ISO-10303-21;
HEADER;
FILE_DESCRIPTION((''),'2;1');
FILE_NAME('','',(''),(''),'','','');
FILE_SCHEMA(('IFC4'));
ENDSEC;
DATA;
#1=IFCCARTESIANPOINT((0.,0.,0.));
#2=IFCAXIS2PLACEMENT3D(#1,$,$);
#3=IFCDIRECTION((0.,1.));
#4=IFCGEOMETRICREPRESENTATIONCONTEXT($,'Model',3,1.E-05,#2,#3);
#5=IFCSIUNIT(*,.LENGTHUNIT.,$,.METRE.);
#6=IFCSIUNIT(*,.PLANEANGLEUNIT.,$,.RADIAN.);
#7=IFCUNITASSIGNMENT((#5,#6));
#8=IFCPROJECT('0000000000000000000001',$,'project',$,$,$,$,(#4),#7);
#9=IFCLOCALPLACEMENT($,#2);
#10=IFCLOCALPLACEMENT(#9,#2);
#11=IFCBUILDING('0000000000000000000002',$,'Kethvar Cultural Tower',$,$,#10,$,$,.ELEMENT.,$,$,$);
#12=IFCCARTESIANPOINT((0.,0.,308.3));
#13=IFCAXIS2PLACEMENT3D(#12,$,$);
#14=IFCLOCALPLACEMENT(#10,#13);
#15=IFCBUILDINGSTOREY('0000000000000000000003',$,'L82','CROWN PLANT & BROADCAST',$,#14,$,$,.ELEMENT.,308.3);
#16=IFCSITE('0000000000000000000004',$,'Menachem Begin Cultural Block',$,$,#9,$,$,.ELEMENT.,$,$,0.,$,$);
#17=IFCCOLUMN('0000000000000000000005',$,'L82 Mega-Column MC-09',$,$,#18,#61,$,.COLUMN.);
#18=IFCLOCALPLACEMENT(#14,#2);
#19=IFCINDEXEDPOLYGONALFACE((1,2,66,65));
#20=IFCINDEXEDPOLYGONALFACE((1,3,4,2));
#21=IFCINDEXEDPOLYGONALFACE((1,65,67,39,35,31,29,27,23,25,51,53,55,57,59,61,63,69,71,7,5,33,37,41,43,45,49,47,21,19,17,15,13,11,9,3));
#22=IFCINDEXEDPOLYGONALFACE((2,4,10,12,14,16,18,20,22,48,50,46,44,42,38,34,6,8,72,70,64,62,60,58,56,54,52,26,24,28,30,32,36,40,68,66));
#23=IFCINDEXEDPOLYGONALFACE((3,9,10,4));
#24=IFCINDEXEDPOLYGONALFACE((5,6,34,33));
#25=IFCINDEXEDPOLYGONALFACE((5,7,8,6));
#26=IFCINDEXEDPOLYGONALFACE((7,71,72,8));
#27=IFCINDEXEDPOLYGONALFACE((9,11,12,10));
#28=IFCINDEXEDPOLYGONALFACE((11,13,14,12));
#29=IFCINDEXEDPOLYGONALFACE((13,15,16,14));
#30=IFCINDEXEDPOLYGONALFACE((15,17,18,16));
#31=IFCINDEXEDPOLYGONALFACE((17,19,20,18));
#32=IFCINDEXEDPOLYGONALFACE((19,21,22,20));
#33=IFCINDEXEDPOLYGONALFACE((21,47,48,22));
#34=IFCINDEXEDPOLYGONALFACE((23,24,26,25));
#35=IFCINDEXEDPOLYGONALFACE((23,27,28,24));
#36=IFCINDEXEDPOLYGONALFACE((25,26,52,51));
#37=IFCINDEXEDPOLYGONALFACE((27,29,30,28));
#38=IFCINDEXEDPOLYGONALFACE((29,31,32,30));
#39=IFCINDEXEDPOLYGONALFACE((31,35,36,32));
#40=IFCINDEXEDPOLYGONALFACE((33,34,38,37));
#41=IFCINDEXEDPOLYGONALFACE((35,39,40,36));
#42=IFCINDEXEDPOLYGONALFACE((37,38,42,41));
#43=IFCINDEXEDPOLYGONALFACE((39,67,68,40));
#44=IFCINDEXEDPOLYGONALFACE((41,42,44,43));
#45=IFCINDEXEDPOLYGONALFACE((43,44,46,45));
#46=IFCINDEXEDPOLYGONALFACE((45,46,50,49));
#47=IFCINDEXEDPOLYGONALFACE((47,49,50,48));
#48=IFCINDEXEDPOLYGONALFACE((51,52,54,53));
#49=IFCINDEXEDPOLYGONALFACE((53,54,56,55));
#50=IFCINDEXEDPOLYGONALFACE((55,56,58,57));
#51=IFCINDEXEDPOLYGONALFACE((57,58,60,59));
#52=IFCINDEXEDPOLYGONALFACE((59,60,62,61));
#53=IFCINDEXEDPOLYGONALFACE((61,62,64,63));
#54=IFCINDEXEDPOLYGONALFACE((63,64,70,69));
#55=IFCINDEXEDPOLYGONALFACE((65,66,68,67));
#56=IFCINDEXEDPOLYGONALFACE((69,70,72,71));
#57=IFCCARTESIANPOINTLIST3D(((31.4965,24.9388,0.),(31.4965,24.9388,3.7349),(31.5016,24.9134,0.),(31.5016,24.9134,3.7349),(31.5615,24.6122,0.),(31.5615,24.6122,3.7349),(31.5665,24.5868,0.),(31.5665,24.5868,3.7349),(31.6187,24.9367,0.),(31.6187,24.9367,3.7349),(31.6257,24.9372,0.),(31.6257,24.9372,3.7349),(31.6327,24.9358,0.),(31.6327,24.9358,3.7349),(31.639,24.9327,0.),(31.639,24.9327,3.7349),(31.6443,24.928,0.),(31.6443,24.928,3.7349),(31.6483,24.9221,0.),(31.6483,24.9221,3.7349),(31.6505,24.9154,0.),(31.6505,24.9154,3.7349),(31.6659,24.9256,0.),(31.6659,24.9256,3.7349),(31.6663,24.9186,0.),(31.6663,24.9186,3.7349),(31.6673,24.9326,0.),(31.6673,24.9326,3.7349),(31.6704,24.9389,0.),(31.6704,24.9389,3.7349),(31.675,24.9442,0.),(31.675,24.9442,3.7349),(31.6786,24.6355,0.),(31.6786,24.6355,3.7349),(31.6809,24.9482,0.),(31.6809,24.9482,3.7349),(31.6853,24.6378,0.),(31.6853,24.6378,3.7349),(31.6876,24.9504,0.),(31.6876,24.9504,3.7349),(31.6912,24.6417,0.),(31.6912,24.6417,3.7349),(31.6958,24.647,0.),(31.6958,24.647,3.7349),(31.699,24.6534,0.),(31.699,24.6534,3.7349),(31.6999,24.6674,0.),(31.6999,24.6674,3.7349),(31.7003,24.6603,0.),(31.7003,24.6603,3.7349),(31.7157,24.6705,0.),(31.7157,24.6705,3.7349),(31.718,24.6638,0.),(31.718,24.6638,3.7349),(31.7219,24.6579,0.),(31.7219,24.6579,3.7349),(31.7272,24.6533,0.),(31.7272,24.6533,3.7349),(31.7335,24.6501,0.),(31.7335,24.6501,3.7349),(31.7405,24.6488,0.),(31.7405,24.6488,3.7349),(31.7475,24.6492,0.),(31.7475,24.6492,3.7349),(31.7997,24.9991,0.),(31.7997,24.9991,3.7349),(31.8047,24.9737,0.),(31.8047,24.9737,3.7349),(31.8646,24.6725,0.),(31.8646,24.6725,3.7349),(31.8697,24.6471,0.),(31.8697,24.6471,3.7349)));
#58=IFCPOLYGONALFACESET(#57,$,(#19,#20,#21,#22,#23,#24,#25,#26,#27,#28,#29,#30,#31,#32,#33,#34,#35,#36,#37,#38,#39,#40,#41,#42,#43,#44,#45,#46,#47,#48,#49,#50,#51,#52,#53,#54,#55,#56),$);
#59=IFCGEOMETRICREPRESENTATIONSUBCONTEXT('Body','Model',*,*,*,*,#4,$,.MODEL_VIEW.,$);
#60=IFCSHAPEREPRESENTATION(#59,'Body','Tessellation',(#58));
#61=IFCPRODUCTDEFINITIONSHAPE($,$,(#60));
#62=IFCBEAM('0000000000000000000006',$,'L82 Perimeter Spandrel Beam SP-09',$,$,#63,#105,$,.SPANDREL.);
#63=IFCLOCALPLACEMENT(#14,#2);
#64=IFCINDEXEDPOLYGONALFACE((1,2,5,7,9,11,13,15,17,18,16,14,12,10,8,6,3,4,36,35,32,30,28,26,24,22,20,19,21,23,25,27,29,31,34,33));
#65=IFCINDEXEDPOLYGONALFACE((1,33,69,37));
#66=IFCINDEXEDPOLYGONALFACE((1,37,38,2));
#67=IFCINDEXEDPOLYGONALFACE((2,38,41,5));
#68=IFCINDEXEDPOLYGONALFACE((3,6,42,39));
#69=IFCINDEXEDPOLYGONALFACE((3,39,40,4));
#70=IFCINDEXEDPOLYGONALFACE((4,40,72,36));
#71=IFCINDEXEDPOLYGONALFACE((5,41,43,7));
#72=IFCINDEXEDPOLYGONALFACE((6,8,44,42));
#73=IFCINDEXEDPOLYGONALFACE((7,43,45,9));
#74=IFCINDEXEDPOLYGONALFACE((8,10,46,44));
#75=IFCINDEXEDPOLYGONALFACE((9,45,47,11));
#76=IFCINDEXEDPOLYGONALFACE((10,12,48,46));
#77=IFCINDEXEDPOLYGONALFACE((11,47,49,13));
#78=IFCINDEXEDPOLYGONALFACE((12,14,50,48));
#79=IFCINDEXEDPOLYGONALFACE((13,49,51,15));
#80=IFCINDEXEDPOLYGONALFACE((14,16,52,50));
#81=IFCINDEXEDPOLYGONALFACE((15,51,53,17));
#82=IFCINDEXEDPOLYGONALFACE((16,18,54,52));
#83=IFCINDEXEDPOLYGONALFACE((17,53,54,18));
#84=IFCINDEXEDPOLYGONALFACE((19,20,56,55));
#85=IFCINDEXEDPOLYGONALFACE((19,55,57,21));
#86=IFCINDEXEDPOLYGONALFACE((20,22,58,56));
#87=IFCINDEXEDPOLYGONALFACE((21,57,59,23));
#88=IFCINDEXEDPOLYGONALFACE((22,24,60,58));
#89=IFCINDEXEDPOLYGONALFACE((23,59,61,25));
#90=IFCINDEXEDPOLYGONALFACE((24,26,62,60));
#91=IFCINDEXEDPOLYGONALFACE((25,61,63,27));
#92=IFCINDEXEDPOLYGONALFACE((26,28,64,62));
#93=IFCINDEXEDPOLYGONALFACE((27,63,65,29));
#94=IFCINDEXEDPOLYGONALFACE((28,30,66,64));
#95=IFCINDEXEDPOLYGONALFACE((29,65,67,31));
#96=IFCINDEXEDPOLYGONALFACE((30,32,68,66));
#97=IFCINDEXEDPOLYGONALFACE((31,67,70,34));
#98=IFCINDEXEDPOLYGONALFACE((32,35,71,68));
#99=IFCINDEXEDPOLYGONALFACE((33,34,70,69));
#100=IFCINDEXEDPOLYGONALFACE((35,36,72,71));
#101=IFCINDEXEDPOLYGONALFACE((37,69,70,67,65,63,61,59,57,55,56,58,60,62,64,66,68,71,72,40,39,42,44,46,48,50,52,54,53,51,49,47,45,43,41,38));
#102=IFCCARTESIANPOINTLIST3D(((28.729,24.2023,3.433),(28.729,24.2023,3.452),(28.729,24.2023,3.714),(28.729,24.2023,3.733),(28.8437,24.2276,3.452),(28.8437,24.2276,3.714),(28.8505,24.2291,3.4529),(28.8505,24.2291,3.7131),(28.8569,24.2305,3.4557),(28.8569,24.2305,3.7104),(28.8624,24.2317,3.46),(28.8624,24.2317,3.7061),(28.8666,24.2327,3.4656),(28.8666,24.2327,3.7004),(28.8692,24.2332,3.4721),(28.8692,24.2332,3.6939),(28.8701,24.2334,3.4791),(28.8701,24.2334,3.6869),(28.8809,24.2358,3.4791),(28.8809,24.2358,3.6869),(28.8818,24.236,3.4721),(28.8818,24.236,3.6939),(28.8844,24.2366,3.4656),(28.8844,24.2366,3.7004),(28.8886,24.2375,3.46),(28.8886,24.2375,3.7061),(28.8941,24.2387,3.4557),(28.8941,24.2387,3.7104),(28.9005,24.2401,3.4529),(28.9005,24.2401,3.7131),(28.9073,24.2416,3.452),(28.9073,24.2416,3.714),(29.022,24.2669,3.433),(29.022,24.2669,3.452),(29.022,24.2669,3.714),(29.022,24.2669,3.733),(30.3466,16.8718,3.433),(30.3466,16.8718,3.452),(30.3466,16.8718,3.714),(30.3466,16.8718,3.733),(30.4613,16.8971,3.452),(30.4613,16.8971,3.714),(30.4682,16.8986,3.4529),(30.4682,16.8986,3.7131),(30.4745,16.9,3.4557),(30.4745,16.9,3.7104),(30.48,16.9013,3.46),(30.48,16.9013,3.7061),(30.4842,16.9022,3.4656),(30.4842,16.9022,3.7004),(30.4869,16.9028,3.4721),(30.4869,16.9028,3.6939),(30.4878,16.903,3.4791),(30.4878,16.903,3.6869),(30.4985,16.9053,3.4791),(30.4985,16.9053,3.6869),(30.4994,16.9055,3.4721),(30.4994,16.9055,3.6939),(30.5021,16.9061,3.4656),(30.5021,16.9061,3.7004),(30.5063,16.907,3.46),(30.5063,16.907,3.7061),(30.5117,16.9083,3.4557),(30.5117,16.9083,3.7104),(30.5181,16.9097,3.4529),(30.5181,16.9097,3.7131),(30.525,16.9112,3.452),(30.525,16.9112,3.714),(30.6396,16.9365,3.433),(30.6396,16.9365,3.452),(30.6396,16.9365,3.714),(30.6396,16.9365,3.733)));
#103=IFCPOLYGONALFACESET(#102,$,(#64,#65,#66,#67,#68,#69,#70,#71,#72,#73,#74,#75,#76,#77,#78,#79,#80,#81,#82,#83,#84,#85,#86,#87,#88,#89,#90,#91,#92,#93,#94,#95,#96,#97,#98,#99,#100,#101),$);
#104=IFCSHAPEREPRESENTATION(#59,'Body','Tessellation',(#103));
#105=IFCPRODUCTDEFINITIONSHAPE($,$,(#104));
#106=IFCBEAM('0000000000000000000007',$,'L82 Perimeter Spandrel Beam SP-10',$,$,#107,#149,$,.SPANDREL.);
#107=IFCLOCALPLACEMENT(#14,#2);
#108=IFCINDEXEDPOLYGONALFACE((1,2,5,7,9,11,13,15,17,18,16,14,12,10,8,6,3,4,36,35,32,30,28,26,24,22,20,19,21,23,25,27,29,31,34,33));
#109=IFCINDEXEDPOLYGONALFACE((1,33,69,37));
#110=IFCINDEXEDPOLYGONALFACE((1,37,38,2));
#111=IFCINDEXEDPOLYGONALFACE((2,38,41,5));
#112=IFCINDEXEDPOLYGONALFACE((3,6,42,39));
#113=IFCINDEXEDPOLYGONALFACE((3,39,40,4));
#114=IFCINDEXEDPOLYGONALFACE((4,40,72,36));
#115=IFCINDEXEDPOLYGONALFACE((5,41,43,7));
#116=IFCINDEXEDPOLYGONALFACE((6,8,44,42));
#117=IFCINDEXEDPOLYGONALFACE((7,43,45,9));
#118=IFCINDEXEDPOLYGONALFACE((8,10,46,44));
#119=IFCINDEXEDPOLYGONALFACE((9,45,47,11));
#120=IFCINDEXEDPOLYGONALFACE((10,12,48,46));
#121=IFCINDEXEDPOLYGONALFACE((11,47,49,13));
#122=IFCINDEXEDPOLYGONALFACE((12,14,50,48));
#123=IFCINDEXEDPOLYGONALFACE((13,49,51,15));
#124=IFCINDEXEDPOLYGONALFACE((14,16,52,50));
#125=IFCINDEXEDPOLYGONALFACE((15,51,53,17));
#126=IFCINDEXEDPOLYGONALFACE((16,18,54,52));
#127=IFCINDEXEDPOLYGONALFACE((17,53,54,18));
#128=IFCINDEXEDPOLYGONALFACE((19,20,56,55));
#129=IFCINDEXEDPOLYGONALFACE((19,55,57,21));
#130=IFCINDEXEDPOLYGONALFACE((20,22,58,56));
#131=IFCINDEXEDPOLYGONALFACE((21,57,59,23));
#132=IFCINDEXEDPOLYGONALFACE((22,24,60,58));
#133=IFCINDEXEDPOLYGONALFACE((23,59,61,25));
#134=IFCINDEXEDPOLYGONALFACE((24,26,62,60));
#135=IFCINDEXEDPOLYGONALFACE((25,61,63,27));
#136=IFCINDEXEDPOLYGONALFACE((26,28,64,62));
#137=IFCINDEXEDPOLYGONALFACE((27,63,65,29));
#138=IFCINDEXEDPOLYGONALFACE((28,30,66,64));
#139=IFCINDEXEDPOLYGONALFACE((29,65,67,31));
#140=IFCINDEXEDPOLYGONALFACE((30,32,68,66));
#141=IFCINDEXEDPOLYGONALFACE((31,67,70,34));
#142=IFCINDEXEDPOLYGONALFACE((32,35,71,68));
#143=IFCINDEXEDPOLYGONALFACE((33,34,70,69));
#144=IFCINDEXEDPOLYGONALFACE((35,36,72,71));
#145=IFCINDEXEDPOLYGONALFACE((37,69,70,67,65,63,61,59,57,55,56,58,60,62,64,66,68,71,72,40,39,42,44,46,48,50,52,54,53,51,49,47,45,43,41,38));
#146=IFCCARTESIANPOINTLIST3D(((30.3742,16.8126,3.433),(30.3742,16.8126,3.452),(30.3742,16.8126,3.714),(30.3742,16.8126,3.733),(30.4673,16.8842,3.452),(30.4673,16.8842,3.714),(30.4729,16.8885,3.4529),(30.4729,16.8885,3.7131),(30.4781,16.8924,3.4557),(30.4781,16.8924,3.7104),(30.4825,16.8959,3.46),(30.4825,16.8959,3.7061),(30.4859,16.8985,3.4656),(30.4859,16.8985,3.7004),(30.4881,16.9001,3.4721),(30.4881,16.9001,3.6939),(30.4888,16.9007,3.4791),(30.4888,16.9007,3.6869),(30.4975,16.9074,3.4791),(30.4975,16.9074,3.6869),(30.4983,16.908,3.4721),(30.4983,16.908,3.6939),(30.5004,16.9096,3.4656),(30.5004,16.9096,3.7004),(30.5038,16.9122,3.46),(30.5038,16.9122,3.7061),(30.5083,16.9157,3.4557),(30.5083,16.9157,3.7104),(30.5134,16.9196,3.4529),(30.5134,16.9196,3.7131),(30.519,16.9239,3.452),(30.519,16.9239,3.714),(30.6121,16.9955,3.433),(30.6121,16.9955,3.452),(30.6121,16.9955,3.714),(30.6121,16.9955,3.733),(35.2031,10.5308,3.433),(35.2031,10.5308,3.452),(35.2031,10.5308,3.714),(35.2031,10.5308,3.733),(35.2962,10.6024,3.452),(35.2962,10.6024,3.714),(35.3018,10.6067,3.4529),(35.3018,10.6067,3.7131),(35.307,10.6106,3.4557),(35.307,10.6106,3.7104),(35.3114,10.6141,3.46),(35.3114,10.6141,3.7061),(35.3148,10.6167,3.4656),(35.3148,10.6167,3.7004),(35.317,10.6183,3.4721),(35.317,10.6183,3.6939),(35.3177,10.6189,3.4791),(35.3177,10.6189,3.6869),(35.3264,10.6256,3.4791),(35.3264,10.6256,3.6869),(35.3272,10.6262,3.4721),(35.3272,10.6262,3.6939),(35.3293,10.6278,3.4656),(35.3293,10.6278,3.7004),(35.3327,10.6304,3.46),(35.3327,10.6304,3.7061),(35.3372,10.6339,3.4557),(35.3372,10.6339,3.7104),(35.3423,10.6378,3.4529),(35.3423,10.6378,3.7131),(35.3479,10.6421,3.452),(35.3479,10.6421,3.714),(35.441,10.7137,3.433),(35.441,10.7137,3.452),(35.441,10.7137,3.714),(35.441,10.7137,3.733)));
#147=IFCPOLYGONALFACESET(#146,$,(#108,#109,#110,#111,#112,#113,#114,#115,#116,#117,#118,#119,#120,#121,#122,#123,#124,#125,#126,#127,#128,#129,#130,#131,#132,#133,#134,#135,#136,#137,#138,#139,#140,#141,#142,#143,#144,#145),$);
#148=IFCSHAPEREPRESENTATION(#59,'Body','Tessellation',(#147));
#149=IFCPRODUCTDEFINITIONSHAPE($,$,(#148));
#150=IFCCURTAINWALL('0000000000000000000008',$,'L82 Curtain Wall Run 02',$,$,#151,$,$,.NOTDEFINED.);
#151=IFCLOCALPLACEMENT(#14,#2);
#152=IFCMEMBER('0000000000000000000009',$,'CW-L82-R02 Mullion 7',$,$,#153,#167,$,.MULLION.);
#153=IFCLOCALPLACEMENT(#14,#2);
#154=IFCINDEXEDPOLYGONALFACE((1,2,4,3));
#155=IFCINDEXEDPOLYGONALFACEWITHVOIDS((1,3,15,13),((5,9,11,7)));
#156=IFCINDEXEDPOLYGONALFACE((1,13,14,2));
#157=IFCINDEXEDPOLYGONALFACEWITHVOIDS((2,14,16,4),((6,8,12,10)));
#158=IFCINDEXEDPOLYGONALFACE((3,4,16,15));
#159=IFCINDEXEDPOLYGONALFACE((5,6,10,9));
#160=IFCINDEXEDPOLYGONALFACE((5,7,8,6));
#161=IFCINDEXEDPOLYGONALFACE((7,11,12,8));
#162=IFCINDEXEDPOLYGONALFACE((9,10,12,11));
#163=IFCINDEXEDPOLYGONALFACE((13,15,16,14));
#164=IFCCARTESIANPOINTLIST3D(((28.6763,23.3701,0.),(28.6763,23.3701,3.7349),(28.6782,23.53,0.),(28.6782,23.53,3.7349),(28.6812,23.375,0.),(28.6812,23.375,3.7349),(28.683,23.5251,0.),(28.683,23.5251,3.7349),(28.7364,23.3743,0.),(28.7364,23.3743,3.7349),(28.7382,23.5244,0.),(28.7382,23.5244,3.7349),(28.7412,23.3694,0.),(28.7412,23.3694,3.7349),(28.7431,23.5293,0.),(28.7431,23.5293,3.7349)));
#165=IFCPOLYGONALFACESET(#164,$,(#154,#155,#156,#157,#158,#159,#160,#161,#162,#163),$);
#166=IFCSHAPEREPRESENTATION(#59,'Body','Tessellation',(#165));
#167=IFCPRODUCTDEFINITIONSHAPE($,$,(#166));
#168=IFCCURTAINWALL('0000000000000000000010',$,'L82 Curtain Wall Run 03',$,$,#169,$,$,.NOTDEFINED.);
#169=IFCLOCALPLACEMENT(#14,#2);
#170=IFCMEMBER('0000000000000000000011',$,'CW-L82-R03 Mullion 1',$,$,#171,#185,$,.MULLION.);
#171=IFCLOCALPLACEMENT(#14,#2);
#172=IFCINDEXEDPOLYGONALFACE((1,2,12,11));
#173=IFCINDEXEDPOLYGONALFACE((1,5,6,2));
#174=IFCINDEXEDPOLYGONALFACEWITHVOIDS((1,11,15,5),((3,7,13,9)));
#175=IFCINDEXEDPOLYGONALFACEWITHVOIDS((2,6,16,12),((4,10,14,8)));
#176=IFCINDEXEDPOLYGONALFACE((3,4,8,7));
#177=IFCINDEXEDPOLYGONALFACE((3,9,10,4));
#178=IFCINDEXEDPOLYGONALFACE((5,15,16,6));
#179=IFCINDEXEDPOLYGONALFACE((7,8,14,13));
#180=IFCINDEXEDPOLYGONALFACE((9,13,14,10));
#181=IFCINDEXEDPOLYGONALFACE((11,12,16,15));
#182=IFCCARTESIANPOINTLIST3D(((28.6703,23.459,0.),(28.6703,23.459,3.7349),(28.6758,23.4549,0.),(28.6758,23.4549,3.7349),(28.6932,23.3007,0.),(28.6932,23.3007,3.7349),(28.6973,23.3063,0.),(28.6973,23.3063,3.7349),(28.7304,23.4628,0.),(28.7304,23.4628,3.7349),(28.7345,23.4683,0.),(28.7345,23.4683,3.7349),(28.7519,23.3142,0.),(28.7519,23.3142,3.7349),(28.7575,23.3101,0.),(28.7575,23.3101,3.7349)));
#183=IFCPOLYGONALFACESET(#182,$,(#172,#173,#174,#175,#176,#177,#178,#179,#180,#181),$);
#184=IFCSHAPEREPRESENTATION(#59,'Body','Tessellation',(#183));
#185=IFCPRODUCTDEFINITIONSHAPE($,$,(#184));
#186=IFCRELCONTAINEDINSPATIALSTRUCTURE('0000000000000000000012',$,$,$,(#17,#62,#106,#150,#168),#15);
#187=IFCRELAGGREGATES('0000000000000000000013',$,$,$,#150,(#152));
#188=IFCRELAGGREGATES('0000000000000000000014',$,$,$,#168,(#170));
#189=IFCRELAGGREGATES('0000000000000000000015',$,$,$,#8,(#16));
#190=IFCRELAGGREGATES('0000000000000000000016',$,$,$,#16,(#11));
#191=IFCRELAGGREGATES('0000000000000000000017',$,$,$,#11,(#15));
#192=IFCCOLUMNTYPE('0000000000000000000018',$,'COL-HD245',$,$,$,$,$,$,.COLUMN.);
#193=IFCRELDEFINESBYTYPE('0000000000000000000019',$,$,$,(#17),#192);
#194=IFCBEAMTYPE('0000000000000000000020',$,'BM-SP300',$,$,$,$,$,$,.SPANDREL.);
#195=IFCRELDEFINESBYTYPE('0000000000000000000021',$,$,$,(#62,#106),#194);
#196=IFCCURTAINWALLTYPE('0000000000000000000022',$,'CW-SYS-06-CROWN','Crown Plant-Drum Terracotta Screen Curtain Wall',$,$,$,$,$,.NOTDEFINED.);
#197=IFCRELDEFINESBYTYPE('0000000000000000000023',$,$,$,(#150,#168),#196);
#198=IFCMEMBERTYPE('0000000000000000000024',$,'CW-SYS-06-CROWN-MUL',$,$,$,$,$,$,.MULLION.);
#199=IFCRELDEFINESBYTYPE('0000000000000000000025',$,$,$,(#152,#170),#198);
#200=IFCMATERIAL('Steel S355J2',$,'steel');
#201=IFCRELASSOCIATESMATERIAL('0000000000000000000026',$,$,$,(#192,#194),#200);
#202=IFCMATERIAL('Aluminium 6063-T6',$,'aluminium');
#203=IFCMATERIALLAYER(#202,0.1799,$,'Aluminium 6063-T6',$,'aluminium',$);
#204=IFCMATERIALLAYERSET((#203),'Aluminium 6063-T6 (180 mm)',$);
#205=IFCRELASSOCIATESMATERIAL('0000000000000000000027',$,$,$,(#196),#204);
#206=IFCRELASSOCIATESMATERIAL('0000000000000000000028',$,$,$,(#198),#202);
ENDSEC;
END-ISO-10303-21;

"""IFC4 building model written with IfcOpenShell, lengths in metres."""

from ifc_helpers import new_model, si_unit, direction, frame, origin, origin_2d, place, context, subcontext, project, spatial, hollow_rectangle, i_section, extrude, source, transform, mapped, material, layer, layer_set, material_profile, profile_set, type_object, element, aggregate, save


model = new_model("IFC4")

# Units and contexts
model_context = context("Model", 3, precision=1e-05, world=origin(), true_north=direction((0.0, 1.0)))
body_context = subcontext(model_context, "Body", "Model", "MODEL_VIEW")
ifc_project = project(units=[si_unit("LENGTHUNIT", "METRE"), si_unit("PLANEANGLEUNIT", "RADIAN")], contexts=[model_context])

# Site, building, storey
site_placement = place(None, origin())
site = spatial("IfcSite", under=ifc_project, at=site_placement, Name="Menachem Begin Cultural Block", CompositionType="ELEMENT", RefElevation=0.0)
building_placement = place(site_placement, origin())
building = spatial("IfcBuilding", under=site, at=building_placement, Name="Kethvar Cultural Tower", CompositionType="ELEMENT")
storey_placement = place(building_placement, frame((0.0, 0.0, 308.3)))
storey = spatial("IfcBuildingStorey", under=building, at=storey_placement, Name="L82", Description="CROWN PLANT & BROADCAST", CompositionType="ELEMENT", Elevation=308.3)

# Column
ifc_material_1 = material(Name="Steel S355J2", Category="steel")
ifc_material_profile_1 = material_profile(ifc_material_1, i_section(OverallWidth=0.3091, OverallDepth=0.3589, WebThickness=0.0161, FlangeThickness=0.0259, FilletRadius=0.0271, at=origin_2d()), Name="Steel S355J2 — HD320x245")
ifc_profile_set_1 = profile_set([ifc_material_profile_1], Name="Steel S355J2 — HD320x245")
column_type = type_object("IfcColumnType", Name="COL-HD245", PredefinedType="COLUMN", material=ifc_profile_set_1)
shared_shape_1 = source(origin(), body_context, "Body", "SweptSolid", [
    extrude(i_section(OverallWidth=0.3091, OverallDepth=0.3589, WebThickness=0.0161, FlangeThickness=0.0259, FilletRadius=0.0271, at=origin_2d()), origin(), (0.0, 0.0, 1.0), 3.7349),
])
column_placement = place(storey_placement, frame((31.6831, 24.793, 0.0), z_axis=(0.0, 0.0, 1.0), x_axis=(-0.980785, -0.19509, 0.0)))
element("IfcColumn", 1, at=column_placement, inside=storey, type_object=column_type, Name="L82 Mega-Column MC-09", PredefinedType="COLUMN", context=body_context, shape_type="MappedRepresentation", body=[
    mapped(shared_shape_1, transform((0.0, 0.0, 0.0), scale=1.0)),
])

# Beams
ifc_material_profile_2 = material_profile(ifc_material_1, i_section(OverallWidth=0.3, OverallDepth=0.3, WebThickness=0.011, FlangeThickness=0.019, FilletRadius=0.0271, at=origin_2d()), Name="Steel S355J2 — HEB300")
ifc_profile_set_2 = profile_set([ifc_material_profile_2], Name="Steel S355J2 — HEB300")
beam_type = type_object("IfcBeamType", Name="BM-SP300", PredefinedType="SPANDREL", material=ifc_profile_set_2)
shared_shape_2 = source(origin(), body_context, "Body", "SweptSolid", [
    extrude(i_section(OverallWidth=0.3, OverallDepth=0.3, WebThickness=0.011, FlangeThickness=0.019, FilletRadius=0.0271, at=origin_2d()), origin(), (0.0, 0.0, 1.0), 7.5068),
])
beam_1_placement = place(storey_placement, frame((28.8755, 24.2346, 3.583), z_axis=(0.215491, -0.976506, 0.0), x_axis=(0.976506, 0.215491, 0.0)))
element("IfcBeam", 2, at=beam_1_placement, inside=storey, type_object=beam_type, Name="L82 Perimeter Spandrel Beam SP-09", PredefinedType="SPANDREL", context=body_context, shape_type="MappedRepresentation", body=[
    mapped(shared_shape_2, transform((0.0, 0.0, 0.0), scale=1.0)),
])
shared_shape_3 = source(origin(), body_context, "Body", "SweptSolid", [
    extrude(i_section(OverallWidth=0.3, OverallDepth=0.3, WebThickness=0.011, FlangeThickness=0.019, FilletRadius=0.0271, at=origin_2d()), origin(), (0.0, 0.0, 1.0), 7.9233),
])
beam_2_placement = place(storey_placement, frame((30.4932, 16.9041, 3.583), z_axis=(0.609453, -0.792822, 0.0), x_axis=(0.792822, 0.609453, 0.0)))
element("IfcBeam", 3, at=beam_2_placement, inside=storey, type_object=beam_type, Name="L82 Perimeter Spandrel Beam SP-10", PredefinedType="SPANDREL", context=body_context, shape_type="MappedRepresentation", body=[
    mapped(shared_shape_3, transform((0.0, 0.0, 0.0), scale=1.0)),
])

# Curtain wall, member
ifc_material_2 = material(Name="Aluminium 6063-T6", Category="aluminium")
ifc_layer_1 = layer(ifc_material_2, 0.1799, Name="Aluminium 6063-T6", Category="aluminium")
ifc_layer_set_1 = layer_set([ifc_layer_1], Name="Aluminium 6063-T6 (180 mm)")
curtain_wall_type = type_object("IfcCurtainWallType", Name="CW-SYS-06-CROWN", Description="Crown Plant-Drum Terracotta Screen Curtain Wall", PredefinedType="NOTDEFINED", material=ifc_layer_set_1)
curtain_wall_1_placement = place(storey_placement, origin())
curtain_wall_1 = element("IfcCurtainWall", 4, at=curtain_wall_1_placement, inside=storey, type_object=curtain_wall_type, Name="L82 Curtain Wall Run 02", PredefinedType="NOTDEFINED")
ifc_material_profile_3 = material_profile(ifc_material_2, hollow_rectangle(XDim=0.0649, YDim=0.1599, WallThickness=0.0049, at=origin_2d()), Name="Aluminium 6063-T6 — RHS160x65x5")
ifc_profile_set_3 = profile_set([ifc_material_profile_3], Name="Aluminium 6063-T6 — RHS160x65x5")
member_type_1 = type_object("IfcMemberType", Name="CW-SYS-06-CROWN-MUL", PredefinedType="MULLION", material=ifc_profile_set_3)
shared_shape_4 = source(origin(), body_context, "Body", "SweptSolid", [
    extrude(hollow_rectangle(XDim=0.0649, YDim=0.1599, WallThickness=0.0049, at=origin_2d()), origin(), (0.0, 0.0, 1.0), 3.7349),
])
member_1_placement = place(storey_placement, frame((28.7097, 23.4497, 0.0), z_axis=(0.0, 0.0, 1.0), x_axis=(0.99993, -0.011868, 0.0)))
member_1 = element("IfcMember", 5, at=member_1_placement, type_object=member_type_1, Name="CW-L82-R02 Mullion 7", PredefinedType="MULLION", context=body_context, shape_type="MappedRepresentation", body=[
    mapped(shared_shape_4, transform((0.0, 0.0, 0.0), scale=1.0)),
])
aggregate(curtain_wall_1, [member_1])

# Curtain wall, member
curtain_wall_2_placement = place(storey_placement, origin())
curtain_wall_2 = element("IfcCurtainWall", 6, at=curtain_wall_2_placement, inside=storey, type_object=curtain_wall_type, Name="L82 Curtain Wall Run 03", PredefinedType="NOTDEFINED")
member_2_placement = place(storey_placement, frame((28.7139, 23.3845, 0.0), z_axis=(0.0, 0.0, 1.0), x_axis=(0.989636, 0.143596, 0.0)))
member_2 = element("IfcMember", 7, at=member_2_placement, type_object=member_type_1, Name="CW-L82-R03 Mullion 1", PredefinedType="MULLION", context=body_context, shape_type="MappedRepresentation", body=[
    mapped(shared_shape_4, transform((0.0, 0.0, 0.0), scale=1.0)),
])

aggregate(curtain_wall_2, [member_2])

save(model, "model.ifc")
